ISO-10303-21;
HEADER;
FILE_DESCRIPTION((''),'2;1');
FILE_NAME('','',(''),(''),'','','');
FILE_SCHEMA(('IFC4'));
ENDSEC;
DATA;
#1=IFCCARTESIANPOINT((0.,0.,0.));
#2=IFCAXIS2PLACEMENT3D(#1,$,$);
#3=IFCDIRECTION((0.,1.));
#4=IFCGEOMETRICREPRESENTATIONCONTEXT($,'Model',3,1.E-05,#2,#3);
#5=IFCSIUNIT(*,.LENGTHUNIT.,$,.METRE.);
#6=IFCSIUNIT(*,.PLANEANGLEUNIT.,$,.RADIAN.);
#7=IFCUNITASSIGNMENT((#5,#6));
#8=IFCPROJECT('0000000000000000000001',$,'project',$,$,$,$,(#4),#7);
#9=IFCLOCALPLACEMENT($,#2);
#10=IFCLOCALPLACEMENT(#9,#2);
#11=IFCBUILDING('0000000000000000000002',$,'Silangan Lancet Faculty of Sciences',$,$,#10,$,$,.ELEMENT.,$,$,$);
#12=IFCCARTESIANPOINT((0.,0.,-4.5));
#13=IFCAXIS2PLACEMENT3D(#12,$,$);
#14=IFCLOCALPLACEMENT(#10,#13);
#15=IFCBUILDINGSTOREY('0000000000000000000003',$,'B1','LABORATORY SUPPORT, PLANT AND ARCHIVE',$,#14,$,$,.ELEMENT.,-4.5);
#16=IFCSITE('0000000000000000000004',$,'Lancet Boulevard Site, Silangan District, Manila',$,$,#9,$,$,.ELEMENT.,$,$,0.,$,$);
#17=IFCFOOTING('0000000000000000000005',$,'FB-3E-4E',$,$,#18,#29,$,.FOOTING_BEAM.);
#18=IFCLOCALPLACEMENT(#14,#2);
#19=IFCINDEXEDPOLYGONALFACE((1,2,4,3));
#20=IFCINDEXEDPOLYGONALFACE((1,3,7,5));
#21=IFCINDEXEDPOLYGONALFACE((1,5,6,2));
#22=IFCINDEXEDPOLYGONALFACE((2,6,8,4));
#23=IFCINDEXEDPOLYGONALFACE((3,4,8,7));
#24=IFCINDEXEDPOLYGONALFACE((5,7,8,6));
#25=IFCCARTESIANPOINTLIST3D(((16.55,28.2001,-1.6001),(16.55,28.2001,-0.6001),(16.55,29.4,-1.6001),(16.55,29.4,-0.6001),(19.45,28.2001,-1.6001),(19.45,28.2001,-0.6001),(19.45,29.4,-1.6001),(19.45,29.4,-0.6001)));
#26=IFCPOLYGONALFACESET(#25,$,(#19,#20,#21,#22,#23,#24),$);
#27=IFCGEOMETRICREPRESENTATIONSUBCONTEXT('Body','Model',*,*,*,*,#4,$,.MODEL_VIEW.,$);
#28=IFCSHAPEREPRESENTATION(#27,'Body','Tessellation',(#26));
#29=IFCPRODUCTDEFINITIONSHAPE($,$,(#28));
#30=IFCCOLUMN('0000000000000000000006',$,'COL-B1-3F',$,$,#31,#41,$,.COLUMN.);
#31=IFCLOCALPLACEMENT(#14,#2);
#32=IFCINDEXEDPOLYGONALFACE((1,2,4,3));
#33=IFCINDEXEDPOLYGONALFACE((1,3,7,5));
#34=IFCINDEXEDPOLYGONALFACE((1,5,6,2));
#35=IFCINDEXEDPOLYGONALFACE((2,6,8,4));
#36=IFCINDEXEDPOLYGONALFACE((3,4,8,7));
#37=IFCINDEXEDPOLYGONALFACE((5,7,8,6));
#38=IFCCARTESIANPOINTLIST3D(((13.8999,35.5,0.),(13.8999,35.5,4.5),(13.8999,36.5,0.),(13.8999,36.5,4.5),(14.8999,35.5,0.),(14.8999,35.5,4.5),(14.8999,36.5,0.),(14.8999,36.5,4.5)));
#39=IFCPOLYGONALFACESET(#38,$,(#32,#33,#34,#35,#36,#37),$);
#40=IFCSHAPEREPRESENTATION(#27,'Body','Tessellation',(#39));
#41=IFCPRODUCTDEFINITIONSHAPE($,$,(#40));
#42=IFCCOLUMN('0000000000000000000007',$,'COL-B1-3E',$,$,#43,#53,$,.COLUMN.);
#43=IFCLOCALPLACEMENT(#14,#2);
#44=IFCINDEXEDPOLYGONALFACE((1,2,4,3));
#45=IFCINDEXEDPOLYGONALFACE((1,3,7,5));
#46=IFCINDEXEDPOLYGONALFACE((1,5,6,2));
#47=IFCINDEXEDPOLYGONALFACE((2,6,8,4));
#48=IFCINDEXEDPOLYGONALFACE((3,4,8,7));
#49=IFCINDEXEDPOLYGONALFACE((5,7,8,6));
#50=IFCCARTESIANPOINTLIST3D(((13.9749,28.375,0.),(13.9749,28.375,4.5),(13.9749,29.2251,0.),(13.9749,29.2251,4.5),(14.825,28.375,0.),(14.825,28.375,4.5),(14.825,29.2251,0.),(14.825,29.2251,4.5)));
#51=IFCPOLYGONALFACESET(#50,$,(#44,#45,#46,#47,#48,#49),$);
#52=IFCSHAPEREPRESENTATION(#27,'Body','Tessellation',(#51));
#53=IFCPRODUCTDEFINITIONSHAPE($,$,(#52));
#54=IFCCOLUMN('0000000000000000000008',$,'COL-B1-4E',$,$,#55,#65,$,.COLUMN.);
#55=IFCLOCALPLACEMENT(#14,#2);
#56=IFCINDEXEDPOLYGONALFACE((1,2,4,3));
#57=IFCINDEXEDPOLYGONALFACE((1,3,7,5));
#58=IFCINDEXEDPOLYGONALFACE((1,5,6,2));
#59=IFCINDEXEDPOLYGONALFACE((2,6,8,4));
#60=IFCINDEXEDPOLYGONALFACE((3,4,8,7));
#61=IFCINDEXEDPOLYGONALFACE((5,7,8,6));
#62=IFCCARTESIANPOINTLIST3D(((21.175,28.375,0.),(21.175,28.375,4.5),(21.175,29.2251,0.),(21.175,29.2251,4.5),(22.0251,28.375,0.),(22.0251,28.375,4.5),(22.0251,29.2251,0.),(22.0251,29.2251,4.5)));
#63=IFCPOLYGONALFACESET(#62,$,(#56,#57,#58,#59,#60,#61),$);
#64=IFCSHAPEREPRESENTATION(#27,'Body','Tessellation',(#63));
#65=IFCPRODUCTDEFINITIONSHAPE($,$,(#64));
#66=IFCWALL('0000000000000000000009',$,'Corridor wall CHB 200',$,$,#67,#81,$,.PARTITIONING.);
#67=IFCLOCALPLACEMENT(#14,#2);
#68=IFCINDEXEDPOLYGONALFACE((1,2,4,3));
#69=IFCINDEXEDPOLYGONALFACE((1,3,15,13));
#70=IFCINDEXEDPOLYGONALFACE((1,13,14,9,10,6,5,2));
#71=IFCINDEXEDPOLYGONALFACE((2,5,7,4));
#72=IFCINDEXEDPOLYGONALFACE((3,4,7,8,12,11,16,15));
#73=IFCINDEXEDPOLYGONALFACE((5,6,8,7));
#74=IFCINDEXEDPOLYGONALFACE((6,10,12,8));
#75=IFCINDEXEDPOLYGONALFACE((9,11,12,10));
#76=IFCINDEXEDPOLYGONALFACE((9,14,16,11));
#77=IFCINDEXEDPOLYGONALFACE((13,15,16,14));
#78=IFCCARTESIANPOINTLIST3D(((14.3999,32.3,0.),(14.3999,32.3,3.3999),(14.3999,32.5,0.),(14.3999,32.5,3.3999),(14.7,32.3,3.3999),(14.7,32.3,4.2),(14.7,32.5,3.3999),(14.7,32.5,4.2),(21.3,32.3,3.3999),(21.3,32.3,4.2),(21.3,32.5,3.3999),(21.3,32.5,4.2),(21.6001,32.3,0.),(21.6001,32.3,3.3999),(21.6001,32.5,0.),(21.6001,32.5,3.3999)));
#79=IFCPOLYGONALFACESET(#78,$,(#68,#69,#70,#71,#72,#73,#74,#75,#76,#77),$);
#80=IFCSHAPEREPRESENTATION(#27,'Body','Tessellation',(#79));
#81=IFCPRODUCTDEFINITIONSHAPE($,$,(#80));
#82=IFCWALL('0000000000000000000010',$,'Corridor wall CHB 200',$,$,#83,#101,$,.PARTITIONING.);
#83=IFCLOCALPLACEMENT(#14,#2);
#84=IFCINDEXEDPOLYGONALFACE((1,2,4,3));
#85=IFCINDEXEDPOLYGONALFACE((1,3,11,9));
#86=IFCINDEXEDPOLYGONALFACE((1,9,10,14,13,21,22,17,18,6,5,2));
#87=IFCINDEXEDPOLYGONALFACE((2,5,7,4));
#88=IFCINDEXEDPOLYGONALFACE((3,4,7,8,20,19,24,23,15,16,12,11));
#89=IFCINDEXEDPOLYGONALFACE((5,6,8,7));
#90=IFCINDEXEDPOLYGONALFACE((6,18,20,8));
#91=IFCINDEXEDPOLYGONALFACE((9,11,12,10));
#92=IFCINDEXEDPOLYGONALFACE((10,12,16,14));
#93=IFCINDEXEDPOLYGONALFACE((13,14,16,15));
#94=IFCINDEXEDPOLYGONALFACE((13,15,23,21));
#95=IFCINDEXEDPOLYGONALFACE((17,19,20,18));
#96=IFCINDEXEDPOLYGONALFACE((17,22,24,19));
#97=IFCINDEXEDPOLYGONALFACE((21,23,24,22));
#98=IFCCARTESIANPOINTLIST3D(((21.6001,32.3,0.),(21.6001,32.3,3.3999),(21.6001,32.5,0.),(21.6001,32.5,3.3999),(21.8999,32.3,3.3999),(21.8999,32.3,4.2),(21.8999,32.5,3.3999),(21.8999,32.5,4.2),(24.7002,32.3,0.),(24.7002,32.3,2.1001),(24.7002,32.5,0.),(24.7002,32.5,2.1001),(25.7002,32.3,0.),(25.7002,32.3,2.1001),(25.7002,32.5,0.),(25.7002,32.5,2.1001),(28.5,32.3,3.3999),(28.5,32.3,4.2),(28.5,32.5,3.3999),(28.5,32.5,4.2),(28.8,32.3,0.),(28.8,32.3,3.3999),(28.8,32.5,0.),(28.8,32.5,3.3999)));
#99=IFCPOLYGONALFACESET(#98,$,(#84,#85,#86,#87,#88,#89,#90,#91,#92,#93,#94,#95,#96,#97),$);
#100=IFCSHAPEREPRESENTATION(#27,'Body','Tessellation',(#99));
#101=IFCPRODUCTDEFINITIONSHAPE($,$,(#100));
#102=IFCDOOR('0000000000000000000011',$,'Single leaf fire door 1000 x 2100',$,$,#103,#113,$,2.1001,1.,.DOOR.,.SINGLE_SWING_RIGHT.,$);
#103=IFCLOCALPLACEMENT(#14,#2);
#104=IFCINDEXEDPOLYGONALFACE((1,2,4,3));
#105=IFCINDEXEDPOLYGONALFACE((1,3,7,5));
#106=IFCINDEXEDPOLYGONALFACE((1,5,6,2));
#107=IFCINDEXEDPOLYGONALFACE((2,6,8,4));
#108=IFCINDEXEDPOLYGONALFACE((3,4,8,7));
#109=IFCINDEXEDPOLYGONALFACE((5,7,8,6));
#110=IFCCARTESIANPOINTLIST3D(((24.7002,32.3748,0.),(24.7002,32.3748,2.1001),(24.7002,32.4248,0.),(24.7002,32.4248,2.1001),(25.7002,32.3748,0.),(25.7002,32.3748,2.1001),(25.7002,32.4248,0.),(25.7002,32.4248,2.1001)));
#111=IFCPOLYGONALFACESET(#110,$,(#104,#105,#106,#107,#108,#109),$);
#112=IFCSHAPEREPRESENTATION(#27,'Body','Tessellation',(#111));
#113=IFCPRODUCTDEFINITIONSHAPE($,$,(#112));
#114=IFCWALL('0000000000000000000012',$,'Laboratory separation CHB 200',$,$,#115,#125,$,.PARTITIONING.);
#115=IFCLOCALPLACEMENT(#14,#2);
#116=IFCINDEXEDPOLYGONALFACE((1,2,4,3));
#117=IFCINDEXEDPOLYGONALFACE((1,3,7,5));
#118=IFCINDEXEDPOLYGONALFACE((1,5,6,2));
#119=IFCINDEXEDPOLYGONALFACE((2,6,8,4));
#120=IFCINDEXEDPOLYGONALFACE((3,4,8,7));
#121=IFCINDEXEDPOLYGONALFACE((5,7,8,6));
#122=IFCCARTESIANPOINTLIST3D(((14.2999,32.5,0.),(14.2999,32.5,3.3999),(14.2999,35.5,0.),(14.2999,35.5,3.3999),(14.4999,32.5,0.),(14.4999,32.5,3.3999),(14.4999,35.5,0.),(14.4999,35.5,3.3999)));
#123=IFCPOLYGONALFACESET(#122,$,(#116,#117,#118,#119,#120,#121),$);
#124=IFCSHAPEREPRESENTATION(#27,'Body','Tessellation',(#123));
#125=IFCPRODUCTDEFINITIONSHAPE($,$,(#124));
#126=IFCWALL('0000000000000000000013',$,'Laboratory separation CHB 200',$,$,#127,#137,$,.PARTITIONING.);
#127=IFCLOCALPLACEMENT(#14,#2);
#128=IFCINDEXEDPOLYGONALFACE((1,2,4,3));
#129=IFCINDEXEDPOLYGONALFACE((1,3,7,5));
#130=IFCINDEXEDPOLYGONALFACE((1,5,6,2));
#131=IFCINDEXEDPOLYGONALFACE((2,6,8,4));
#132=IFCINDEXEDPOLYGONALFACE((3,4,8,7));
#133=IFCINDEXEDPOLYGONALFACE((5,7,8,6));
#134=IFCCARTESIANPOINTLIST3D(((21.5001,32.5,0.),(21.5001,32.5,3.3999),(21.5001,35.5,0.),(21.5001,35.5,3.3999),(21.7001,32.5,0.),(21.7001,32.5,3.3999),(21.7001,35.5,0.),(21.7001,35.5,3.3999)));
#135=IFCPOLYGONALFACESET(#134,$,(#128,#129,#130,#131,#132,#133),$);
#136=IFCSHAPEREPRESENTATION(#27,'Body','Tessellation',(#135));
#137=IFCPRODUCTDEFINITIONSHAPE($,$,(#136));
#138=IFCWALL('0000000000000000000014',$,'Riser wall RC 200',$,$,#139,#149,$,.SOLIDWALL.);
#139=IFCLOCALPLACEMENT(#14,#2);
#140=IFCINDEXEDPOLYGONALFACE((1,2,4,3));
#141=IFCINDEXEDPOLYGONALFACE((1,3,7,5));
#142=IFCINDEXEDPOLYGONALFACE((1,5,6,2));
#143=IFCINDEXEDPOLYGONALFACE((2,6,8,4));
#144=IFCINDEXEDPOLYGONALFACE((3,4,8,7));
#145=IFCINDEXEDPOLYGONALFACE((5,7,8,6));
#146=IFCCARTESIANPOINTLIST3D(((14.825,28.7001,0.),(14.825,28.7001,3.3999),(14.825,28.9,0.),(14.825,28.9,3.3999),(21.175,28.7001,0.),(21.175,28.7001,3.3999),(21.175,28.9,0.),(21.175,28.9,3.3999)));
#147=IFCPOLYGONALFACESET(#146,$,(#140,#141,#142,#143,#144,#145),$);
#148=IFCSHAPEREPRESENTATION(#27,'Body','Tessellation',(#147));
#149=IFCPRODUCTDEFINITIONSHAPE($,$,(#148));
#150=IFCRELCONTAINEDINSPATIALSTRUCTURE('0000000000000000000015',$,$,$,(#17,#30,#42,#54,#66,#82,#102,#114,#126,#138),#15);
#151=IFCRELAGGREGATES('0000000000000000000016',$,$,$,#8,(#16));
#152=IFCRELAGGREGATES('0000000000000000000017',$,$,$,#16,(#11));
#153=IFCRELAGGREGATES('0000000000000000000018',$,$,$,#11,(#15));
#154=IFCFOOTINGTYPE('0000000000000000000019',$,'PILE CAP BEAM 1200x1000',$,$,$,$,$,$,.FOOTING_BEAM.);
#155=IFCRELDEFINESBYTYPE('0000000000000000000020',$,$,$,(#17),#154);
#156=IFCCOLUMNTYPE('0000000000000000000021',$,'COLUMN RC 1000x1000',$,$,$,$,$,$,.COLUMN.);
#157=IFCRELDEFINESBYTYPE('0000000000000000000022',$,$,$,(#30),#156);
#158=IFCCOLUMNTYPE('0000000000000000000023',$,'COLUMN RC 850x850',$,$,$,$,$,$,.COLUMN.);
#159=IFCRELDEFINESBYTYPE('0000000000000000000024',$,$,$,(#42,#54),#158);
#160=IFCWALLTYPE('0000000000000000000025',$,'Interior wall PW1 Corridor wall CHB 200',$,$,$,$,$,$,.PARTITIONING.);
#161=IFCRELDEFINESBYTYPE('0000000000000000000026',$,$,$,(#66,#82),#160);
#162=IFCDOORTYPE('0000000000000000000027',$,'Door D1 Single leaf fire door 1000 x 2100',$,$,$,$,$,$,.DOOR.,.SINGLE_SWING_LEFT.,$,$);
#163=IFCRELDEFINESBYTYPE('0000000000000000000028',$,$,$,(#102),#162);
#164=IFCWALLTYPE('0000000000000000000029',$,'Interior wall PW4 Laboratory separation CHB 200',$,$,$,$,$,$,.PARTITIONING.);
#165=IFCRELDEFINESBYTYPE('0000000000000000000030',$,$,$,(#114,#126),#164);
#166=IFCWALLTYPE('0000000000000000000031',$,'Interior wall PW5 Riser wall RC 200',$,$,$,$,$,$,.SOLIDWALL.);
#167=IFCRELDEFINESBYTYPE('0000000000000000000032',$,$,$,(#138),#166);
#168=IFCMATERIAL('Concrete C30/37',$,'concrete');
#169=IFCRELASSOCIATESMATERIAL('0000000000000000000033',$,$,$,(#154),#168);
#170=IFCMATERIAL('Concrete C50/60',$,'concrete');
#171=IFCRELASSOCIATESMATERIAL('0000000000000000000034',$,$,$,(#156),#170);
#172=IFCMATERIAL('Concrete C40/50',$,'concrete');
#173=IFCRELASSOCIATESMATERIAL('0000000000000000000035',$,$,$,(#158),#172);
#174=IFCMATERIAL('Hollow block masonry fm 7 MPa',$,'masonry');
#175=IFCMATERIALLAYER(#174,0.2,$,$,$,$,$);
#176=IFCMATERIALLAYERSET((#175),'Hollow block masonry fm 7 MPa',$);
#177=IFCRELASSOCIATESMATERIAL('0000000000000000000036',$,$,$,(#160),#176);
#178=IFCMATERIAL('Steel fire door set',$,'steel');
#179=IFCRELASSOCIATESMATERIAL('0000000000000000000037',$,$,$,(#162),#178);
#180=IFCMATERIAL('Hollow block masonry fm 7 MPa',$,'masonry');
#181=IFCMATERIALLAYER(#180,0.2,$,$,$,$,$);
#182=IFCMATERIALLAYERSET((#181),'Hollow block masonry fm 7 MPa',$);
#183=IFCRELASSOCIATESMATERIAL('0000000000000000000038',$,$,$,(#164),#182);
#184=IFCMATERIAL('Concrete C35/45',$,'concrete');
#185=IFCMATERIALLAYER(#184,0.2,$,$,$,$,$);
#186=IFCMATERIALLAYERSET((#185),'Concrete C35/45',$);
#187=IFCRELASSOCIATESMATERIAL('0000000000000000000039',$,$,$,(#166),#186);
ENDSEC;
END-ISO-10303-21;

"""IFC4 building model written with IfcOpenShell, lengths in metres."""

from ifc_helpers import new_model, si_unit, direction, frame, frame_2d, origin, origin_2d, place, context, subcontext, project, spatial, polyline, rectangle, outline, extrude, material, layer, layer_set, material_profile, profile_set, type_object, element, fill, save


model = new_model("IFC4")

# Units and contexts
model_context = context("Model", 3, precision=1e-05, world=origin(), true_north=direction((0.0, 1.0)))
body_context = subcontext(model_context, "Body", "Model", "MODEL_VIEW")
ifc_project = project(units=[si_unit("LENGTHUNIT", "METRE"), si_unit("PLANEANGLEUNIT", "RADIAN")], contexts=[model_context])

# Site, building, storey
site_placement = place(None, origin())
site = spatial("IfcSite", under=ifc_project, at=site_placement, Name="Lancet Boulevard Site, Silangan District, Manila", CompositionType="ELEMENT", RefElevation=0.0)
building_placement = place(site_placement, origin())
building = spatial("IfcBuilding", under=site, at=building_placement, Name="Silangan Lancet Faculty of Sciences", CompositionType="ELEMENT")
storey_placement = place(building_placement, frame((0.0, 0.0, -4.5)))
storey = spatial("IfcBuildingStorey", under=building, at=storey_placement, Name="B1", Description="LABORATORY SUPPORT, PLANT AND ARCHIVE", CompositionType="ELEMENT", Elevation=-4.5)

# Footing
ifc_material_1 = material(Name="Concrete C30/37", Category="concrete")
footing_type_1 = type_object("IfcFootingType", Name="PILE CAP BEAM 1200x1000", PredefinedType="FOOTING_BEAM", material=ifc_material_1)
for number, where, z_axis, x_axis, name in (
    (1, (18.0, 28.8, -1.6001), (0.0, 0.0, 1.0), (1.0, 0.0, 0.0), "FB-3E-4E"),
):
    element("IfcFooting", number, at=place(storey_placement, frame(where, z_axis=z_axis, x_axis=x_axis)), inside=storey, type_object=footing_type_1, Name=name, PredefinedType="FOOTING_BEAM", context=body_context, shape_type="SweptSolid", body=[
        extrude(rectangle(XDim=2.8999, YDim=1.2, at=origin_2d()), origin(), (0.0, 0.0, 1.0), 1.0),
    ])

# Columns
ifc_material_2 = material(Name="Concrete C50/60", Category="concrete")
ifc_material_profile_1 = material_profile(ifc_material_2, rectangle(XDim=1.0, YDim=1.0, at=origin_2d()), Name="RC 1000x1000")
ifc_profile_set_1 = profile_set([ifc_material_profile_1], Name="Concrete C50/60")
column_type_1 = type_object("IfcColumnType", Name="COLUMN RC 1000x1000", PredefinedType="COLUMN", material=ifc_profile_set_1)
column_placement = place(storey_placement, frame((14.3999, 36.0, 0.0), z_axis=(0.0, 0.0, 1.0), x_axis=(1.0, 0.0, 0.0)))
element("IfcColumn", 2, at=column_placement, inside=storey, type_object=column_type_1, Name="COL-B1-3F", PredefinedType="COLUMN", context=body_context, shape_type="SweptSolid", body=[
    extrude(rectangle(XDim=1.0, YDim=1.0, at=origin_2d()), origin(), (0.0, 0.0, 1.0), 4.5),
])
ifc_material_3 = material(Name="Concrete C40/50", Category="concrete")
ifc_material_profile_2 = material_profile(ifc_material_3, rectangle(XDim=0.8501, YDim=0.8501, at=origin_2d()), Name="RC 850x850")
ifc_profile_set_2 = profile_set([ifc_material_profile_2], Name="Concrete C40/50")
column_type_2 = type_object("IfcColumnType", Name="COLUMN RC 850x850", PredefinedType="COLUMN", material=ifc_profile_set_2)
for number, where, z_axis, x_axis, name in (
    (3, (14.3999, 28.8, 0.0), (0.0, 0.0, 1.0), (1.0, 0.0, 0.0), "COL-B1-3E"),
    (4, (21.6001, 28.8, 0.0), (0.0, 0.0, 1.0), (1.0, 0.0, 0.0), "COL-B1-4E"),
):
    element("IfcColumn", number, at=place(storey_placement, frame(where, z_axis=z_axis, x_axis=x_axis)), inside=storey, type_object=column_type_2, Name=name, PredefinedType="COLUMN", context=body_context, shape_type="SweptSolid", body=[
        extrude(rectangle(XDim=0.8501, YDim=0.8501, at=origin_2d()), origin(), (0.0, 0.0, 1.0), 4.5),
    ])

# Wall
ifc_material_4 = material(Name="Hollow block masonry fm 7 MPa", Category="masonry")
ifc_layer_1 = layer(ifc_material_4, 0.2)
ifc_layer_set_1 = layer_set([ifc_layer_1], Name="Hollow block masonry fm 7 MPa")
wall_type_1 = type_object("IfcWallType", Name="Interior wall PW1 Corridor wall CHB 200", PredefinedType="PARTITIONING", material=ifc_layer_set_1)
wall_1_placement = place(storey_placement, frame((14.3999, 32.3999, 0.0), z_axis=(0.0, 0.0, 1.0), x_axis=(1.0, 0.0, 0.0)))
element("IfcWall", 5, at=wall_1_placement, inside=storey, type_object=wall_type_1, Name="Corridor wall CHB 200", PredefinedType="PARTITIONING", context=body_context, shape_type="SweptSolid", body=[
    extrude(outline(polyline([(0.0, 0.0), (7.2002, 0.0), (7.2002, 3.3999), (6.9001, 3.3999), (6.9001, 4.2), (0.3, 4.2), (0.3, 3.3999), (0.0, 3.3999), (0.0, 0.0)])), frame((0.0, 0.1001, 0.0), z_axis=(0.0, -1.0, 0.0), x_axis=(1.0, 0.0, 0.0)), (0.0, 0.0, 1.0), 0.2),
])

# Wall, opening, door
wall_2_placement = place(storey_placement, frame((21.6001, 32.3999, 0.0), z_axis=(0.0, 0.0, 1.0), x_axis=(1.0, 0.0, 0.0)))
wall_2 = element("IfcWall", 6, at=wall_2_placement, inside=storey, type_object=wall_type_1, Name="Corridor wall CHB 200", PredefinedType="PARTITIONING", context=body_context, shape_type="SweptSolid", body=[
    extrude(outline(polyline([(0.0, 0.0), (7.2, 0.0), (7.2, 3.3999), (6.8999, 3.3999), (6.8999, 4.2), (0.2998, 4.2), (0.2998, 3.3999), (0.0, 3.3999), (0.0, 0.0)])), frame((0.0, 0.1001, 0.0), z_axis=(0.0, -1.0, 0.0), x_axis=(1.0, 0.0, 0.0)), (0.0, 0.0, 1.0), 0.2),
])
opening_placement = place(wall_2_placement, frame((3.1001, 0.0, 0.0)))
opening = element("IfcOpeningElement", 7, at=opening_placement, cuts=wall_2, PredefinedType="OPENING", context=body_context, shape_type="SweptSolid", body=[
    extrude(rectangle(XDim=1.0, YDim=2.1001, at=frame_2d((0.5, 1.05))), frame((0.0, 0.1099, 0.0), z_axis=(0.0, -1.0, 0.0), x_axis=(1.0, 0.0, 0.0)), (0.0, 0.0, 1.0), 0.22),
])
ifc_material_5 = material(Name="Steel fire door set", Category="steel")
door_type = type_object("IfcDoorType", Name="Door D1 Single leaf fire door 1000 x 2100", OperationType="SINGLE_SWING_LEFT", PredefinedType="DOOR", material=ifc_material_5)
door_placement = place(opening_placement, origin())
door = element("IfcDoor", 8, at=door_placement, inside=storey, type_object=door_type, Name="Single leaf fire door 1000 x 2100", OperationType="SINGLE_SWING_RIGHT", OverallHeight=2.1001, OverallWidth=1.0, PredefinedType="DOOR", context=body_context, shape_type="SweptSolid", body=[
    extrude(rectangle(XDim=1.0, YDim=2.1001, at=frame_2d((0.5, 1.05))), frame((0.0, 0.0249, 0.0), z_axis=(0.0, -1.0, 0.0), x_axis=(1.0, 0.0, 0.0)), (0.0, 0.0, 1.0), 0.05),
])
fill(opening, door)

# Walls
ifc_material_6 = material(Name="Hollow block masonry fm 7 MPa", Category="masonry")
ifc_layer_2 = layer(ifc_material_6, 0.2)
ifc_layer_set_2 = layer_set([ifc_layer_2], Name="Hollow block masonry fm 7 MPa")
wall_type_2 = type_object("IfcWallType", Name="Interior wall PW4 Laboratory separation CHB 200", PredefinedType="PARTITIONING", material=ifc_layer_set_2)
for number, where, z_axis, x_axis, name in (
    (9, (14.3999, 32.5, 0.0), (0.0, 0.0, 1.0), (0.0, 1.0, 0.0), "Laboratory separation CHB 200"),
    (10, (21.6001, 32.5, 0.0), (0.0, 0.0, 1.0), (0.0, 1.0, 0.0), "Laboratory separation CHB 200"),
):
    element("IfcWall", number, at=place(storey_placement, frame(where, z_axis=z_axis, x_axis=x_axis)), inside=storey, type_object=wall_type_2, Name=name, PredefinedType="PARTITIONING", context=body_context, shape_type="SweptSolid", body=[
        extrude(rectangle(XDim=3.0, YDim=0.2, at=frame_2d((1.5, 0.0))), origin(), (0.0, 0.0, 1.0), 3.3999),
    ])
ifc_material_7 = material(Name="Concrete C35/45", Category="concrete")
ifc_layer_3 = layer(ifc_material_7, 0.2)
ifc_layer_set_3 = layer_set([ifc_layer_3], Name="Concrete C35/45")
wall_type_3 = type_object("IfcWallType", Name="Interior wall PW5 Riser wall RC 200", PredefinedType="SOLIDWALL", material=ifc_layer_set_3)
wall_3_placement = place(storey_placement, frame((14.825, 28.8, 0.0), z_axis=(0.0, 0.0, 1.0), x_axis=(1.0, 0.0, 0.0)))
element("IfcWall", 11, at=wall_3_placement, inside=storey, type_object=wall_type_3, Name="Riser wall RC 200", PredefinedType="SOLIDWALL", context=body_context, shape_type="SweptSolid", body=[
    extrude(rectangle(XDim=6.3501, YDim=0.2, at=frame_2d((3.175, 0.0))), origin(), (0.0, 0.0, 1.0), 3.3999),
])

save(model, "model.ifc")
